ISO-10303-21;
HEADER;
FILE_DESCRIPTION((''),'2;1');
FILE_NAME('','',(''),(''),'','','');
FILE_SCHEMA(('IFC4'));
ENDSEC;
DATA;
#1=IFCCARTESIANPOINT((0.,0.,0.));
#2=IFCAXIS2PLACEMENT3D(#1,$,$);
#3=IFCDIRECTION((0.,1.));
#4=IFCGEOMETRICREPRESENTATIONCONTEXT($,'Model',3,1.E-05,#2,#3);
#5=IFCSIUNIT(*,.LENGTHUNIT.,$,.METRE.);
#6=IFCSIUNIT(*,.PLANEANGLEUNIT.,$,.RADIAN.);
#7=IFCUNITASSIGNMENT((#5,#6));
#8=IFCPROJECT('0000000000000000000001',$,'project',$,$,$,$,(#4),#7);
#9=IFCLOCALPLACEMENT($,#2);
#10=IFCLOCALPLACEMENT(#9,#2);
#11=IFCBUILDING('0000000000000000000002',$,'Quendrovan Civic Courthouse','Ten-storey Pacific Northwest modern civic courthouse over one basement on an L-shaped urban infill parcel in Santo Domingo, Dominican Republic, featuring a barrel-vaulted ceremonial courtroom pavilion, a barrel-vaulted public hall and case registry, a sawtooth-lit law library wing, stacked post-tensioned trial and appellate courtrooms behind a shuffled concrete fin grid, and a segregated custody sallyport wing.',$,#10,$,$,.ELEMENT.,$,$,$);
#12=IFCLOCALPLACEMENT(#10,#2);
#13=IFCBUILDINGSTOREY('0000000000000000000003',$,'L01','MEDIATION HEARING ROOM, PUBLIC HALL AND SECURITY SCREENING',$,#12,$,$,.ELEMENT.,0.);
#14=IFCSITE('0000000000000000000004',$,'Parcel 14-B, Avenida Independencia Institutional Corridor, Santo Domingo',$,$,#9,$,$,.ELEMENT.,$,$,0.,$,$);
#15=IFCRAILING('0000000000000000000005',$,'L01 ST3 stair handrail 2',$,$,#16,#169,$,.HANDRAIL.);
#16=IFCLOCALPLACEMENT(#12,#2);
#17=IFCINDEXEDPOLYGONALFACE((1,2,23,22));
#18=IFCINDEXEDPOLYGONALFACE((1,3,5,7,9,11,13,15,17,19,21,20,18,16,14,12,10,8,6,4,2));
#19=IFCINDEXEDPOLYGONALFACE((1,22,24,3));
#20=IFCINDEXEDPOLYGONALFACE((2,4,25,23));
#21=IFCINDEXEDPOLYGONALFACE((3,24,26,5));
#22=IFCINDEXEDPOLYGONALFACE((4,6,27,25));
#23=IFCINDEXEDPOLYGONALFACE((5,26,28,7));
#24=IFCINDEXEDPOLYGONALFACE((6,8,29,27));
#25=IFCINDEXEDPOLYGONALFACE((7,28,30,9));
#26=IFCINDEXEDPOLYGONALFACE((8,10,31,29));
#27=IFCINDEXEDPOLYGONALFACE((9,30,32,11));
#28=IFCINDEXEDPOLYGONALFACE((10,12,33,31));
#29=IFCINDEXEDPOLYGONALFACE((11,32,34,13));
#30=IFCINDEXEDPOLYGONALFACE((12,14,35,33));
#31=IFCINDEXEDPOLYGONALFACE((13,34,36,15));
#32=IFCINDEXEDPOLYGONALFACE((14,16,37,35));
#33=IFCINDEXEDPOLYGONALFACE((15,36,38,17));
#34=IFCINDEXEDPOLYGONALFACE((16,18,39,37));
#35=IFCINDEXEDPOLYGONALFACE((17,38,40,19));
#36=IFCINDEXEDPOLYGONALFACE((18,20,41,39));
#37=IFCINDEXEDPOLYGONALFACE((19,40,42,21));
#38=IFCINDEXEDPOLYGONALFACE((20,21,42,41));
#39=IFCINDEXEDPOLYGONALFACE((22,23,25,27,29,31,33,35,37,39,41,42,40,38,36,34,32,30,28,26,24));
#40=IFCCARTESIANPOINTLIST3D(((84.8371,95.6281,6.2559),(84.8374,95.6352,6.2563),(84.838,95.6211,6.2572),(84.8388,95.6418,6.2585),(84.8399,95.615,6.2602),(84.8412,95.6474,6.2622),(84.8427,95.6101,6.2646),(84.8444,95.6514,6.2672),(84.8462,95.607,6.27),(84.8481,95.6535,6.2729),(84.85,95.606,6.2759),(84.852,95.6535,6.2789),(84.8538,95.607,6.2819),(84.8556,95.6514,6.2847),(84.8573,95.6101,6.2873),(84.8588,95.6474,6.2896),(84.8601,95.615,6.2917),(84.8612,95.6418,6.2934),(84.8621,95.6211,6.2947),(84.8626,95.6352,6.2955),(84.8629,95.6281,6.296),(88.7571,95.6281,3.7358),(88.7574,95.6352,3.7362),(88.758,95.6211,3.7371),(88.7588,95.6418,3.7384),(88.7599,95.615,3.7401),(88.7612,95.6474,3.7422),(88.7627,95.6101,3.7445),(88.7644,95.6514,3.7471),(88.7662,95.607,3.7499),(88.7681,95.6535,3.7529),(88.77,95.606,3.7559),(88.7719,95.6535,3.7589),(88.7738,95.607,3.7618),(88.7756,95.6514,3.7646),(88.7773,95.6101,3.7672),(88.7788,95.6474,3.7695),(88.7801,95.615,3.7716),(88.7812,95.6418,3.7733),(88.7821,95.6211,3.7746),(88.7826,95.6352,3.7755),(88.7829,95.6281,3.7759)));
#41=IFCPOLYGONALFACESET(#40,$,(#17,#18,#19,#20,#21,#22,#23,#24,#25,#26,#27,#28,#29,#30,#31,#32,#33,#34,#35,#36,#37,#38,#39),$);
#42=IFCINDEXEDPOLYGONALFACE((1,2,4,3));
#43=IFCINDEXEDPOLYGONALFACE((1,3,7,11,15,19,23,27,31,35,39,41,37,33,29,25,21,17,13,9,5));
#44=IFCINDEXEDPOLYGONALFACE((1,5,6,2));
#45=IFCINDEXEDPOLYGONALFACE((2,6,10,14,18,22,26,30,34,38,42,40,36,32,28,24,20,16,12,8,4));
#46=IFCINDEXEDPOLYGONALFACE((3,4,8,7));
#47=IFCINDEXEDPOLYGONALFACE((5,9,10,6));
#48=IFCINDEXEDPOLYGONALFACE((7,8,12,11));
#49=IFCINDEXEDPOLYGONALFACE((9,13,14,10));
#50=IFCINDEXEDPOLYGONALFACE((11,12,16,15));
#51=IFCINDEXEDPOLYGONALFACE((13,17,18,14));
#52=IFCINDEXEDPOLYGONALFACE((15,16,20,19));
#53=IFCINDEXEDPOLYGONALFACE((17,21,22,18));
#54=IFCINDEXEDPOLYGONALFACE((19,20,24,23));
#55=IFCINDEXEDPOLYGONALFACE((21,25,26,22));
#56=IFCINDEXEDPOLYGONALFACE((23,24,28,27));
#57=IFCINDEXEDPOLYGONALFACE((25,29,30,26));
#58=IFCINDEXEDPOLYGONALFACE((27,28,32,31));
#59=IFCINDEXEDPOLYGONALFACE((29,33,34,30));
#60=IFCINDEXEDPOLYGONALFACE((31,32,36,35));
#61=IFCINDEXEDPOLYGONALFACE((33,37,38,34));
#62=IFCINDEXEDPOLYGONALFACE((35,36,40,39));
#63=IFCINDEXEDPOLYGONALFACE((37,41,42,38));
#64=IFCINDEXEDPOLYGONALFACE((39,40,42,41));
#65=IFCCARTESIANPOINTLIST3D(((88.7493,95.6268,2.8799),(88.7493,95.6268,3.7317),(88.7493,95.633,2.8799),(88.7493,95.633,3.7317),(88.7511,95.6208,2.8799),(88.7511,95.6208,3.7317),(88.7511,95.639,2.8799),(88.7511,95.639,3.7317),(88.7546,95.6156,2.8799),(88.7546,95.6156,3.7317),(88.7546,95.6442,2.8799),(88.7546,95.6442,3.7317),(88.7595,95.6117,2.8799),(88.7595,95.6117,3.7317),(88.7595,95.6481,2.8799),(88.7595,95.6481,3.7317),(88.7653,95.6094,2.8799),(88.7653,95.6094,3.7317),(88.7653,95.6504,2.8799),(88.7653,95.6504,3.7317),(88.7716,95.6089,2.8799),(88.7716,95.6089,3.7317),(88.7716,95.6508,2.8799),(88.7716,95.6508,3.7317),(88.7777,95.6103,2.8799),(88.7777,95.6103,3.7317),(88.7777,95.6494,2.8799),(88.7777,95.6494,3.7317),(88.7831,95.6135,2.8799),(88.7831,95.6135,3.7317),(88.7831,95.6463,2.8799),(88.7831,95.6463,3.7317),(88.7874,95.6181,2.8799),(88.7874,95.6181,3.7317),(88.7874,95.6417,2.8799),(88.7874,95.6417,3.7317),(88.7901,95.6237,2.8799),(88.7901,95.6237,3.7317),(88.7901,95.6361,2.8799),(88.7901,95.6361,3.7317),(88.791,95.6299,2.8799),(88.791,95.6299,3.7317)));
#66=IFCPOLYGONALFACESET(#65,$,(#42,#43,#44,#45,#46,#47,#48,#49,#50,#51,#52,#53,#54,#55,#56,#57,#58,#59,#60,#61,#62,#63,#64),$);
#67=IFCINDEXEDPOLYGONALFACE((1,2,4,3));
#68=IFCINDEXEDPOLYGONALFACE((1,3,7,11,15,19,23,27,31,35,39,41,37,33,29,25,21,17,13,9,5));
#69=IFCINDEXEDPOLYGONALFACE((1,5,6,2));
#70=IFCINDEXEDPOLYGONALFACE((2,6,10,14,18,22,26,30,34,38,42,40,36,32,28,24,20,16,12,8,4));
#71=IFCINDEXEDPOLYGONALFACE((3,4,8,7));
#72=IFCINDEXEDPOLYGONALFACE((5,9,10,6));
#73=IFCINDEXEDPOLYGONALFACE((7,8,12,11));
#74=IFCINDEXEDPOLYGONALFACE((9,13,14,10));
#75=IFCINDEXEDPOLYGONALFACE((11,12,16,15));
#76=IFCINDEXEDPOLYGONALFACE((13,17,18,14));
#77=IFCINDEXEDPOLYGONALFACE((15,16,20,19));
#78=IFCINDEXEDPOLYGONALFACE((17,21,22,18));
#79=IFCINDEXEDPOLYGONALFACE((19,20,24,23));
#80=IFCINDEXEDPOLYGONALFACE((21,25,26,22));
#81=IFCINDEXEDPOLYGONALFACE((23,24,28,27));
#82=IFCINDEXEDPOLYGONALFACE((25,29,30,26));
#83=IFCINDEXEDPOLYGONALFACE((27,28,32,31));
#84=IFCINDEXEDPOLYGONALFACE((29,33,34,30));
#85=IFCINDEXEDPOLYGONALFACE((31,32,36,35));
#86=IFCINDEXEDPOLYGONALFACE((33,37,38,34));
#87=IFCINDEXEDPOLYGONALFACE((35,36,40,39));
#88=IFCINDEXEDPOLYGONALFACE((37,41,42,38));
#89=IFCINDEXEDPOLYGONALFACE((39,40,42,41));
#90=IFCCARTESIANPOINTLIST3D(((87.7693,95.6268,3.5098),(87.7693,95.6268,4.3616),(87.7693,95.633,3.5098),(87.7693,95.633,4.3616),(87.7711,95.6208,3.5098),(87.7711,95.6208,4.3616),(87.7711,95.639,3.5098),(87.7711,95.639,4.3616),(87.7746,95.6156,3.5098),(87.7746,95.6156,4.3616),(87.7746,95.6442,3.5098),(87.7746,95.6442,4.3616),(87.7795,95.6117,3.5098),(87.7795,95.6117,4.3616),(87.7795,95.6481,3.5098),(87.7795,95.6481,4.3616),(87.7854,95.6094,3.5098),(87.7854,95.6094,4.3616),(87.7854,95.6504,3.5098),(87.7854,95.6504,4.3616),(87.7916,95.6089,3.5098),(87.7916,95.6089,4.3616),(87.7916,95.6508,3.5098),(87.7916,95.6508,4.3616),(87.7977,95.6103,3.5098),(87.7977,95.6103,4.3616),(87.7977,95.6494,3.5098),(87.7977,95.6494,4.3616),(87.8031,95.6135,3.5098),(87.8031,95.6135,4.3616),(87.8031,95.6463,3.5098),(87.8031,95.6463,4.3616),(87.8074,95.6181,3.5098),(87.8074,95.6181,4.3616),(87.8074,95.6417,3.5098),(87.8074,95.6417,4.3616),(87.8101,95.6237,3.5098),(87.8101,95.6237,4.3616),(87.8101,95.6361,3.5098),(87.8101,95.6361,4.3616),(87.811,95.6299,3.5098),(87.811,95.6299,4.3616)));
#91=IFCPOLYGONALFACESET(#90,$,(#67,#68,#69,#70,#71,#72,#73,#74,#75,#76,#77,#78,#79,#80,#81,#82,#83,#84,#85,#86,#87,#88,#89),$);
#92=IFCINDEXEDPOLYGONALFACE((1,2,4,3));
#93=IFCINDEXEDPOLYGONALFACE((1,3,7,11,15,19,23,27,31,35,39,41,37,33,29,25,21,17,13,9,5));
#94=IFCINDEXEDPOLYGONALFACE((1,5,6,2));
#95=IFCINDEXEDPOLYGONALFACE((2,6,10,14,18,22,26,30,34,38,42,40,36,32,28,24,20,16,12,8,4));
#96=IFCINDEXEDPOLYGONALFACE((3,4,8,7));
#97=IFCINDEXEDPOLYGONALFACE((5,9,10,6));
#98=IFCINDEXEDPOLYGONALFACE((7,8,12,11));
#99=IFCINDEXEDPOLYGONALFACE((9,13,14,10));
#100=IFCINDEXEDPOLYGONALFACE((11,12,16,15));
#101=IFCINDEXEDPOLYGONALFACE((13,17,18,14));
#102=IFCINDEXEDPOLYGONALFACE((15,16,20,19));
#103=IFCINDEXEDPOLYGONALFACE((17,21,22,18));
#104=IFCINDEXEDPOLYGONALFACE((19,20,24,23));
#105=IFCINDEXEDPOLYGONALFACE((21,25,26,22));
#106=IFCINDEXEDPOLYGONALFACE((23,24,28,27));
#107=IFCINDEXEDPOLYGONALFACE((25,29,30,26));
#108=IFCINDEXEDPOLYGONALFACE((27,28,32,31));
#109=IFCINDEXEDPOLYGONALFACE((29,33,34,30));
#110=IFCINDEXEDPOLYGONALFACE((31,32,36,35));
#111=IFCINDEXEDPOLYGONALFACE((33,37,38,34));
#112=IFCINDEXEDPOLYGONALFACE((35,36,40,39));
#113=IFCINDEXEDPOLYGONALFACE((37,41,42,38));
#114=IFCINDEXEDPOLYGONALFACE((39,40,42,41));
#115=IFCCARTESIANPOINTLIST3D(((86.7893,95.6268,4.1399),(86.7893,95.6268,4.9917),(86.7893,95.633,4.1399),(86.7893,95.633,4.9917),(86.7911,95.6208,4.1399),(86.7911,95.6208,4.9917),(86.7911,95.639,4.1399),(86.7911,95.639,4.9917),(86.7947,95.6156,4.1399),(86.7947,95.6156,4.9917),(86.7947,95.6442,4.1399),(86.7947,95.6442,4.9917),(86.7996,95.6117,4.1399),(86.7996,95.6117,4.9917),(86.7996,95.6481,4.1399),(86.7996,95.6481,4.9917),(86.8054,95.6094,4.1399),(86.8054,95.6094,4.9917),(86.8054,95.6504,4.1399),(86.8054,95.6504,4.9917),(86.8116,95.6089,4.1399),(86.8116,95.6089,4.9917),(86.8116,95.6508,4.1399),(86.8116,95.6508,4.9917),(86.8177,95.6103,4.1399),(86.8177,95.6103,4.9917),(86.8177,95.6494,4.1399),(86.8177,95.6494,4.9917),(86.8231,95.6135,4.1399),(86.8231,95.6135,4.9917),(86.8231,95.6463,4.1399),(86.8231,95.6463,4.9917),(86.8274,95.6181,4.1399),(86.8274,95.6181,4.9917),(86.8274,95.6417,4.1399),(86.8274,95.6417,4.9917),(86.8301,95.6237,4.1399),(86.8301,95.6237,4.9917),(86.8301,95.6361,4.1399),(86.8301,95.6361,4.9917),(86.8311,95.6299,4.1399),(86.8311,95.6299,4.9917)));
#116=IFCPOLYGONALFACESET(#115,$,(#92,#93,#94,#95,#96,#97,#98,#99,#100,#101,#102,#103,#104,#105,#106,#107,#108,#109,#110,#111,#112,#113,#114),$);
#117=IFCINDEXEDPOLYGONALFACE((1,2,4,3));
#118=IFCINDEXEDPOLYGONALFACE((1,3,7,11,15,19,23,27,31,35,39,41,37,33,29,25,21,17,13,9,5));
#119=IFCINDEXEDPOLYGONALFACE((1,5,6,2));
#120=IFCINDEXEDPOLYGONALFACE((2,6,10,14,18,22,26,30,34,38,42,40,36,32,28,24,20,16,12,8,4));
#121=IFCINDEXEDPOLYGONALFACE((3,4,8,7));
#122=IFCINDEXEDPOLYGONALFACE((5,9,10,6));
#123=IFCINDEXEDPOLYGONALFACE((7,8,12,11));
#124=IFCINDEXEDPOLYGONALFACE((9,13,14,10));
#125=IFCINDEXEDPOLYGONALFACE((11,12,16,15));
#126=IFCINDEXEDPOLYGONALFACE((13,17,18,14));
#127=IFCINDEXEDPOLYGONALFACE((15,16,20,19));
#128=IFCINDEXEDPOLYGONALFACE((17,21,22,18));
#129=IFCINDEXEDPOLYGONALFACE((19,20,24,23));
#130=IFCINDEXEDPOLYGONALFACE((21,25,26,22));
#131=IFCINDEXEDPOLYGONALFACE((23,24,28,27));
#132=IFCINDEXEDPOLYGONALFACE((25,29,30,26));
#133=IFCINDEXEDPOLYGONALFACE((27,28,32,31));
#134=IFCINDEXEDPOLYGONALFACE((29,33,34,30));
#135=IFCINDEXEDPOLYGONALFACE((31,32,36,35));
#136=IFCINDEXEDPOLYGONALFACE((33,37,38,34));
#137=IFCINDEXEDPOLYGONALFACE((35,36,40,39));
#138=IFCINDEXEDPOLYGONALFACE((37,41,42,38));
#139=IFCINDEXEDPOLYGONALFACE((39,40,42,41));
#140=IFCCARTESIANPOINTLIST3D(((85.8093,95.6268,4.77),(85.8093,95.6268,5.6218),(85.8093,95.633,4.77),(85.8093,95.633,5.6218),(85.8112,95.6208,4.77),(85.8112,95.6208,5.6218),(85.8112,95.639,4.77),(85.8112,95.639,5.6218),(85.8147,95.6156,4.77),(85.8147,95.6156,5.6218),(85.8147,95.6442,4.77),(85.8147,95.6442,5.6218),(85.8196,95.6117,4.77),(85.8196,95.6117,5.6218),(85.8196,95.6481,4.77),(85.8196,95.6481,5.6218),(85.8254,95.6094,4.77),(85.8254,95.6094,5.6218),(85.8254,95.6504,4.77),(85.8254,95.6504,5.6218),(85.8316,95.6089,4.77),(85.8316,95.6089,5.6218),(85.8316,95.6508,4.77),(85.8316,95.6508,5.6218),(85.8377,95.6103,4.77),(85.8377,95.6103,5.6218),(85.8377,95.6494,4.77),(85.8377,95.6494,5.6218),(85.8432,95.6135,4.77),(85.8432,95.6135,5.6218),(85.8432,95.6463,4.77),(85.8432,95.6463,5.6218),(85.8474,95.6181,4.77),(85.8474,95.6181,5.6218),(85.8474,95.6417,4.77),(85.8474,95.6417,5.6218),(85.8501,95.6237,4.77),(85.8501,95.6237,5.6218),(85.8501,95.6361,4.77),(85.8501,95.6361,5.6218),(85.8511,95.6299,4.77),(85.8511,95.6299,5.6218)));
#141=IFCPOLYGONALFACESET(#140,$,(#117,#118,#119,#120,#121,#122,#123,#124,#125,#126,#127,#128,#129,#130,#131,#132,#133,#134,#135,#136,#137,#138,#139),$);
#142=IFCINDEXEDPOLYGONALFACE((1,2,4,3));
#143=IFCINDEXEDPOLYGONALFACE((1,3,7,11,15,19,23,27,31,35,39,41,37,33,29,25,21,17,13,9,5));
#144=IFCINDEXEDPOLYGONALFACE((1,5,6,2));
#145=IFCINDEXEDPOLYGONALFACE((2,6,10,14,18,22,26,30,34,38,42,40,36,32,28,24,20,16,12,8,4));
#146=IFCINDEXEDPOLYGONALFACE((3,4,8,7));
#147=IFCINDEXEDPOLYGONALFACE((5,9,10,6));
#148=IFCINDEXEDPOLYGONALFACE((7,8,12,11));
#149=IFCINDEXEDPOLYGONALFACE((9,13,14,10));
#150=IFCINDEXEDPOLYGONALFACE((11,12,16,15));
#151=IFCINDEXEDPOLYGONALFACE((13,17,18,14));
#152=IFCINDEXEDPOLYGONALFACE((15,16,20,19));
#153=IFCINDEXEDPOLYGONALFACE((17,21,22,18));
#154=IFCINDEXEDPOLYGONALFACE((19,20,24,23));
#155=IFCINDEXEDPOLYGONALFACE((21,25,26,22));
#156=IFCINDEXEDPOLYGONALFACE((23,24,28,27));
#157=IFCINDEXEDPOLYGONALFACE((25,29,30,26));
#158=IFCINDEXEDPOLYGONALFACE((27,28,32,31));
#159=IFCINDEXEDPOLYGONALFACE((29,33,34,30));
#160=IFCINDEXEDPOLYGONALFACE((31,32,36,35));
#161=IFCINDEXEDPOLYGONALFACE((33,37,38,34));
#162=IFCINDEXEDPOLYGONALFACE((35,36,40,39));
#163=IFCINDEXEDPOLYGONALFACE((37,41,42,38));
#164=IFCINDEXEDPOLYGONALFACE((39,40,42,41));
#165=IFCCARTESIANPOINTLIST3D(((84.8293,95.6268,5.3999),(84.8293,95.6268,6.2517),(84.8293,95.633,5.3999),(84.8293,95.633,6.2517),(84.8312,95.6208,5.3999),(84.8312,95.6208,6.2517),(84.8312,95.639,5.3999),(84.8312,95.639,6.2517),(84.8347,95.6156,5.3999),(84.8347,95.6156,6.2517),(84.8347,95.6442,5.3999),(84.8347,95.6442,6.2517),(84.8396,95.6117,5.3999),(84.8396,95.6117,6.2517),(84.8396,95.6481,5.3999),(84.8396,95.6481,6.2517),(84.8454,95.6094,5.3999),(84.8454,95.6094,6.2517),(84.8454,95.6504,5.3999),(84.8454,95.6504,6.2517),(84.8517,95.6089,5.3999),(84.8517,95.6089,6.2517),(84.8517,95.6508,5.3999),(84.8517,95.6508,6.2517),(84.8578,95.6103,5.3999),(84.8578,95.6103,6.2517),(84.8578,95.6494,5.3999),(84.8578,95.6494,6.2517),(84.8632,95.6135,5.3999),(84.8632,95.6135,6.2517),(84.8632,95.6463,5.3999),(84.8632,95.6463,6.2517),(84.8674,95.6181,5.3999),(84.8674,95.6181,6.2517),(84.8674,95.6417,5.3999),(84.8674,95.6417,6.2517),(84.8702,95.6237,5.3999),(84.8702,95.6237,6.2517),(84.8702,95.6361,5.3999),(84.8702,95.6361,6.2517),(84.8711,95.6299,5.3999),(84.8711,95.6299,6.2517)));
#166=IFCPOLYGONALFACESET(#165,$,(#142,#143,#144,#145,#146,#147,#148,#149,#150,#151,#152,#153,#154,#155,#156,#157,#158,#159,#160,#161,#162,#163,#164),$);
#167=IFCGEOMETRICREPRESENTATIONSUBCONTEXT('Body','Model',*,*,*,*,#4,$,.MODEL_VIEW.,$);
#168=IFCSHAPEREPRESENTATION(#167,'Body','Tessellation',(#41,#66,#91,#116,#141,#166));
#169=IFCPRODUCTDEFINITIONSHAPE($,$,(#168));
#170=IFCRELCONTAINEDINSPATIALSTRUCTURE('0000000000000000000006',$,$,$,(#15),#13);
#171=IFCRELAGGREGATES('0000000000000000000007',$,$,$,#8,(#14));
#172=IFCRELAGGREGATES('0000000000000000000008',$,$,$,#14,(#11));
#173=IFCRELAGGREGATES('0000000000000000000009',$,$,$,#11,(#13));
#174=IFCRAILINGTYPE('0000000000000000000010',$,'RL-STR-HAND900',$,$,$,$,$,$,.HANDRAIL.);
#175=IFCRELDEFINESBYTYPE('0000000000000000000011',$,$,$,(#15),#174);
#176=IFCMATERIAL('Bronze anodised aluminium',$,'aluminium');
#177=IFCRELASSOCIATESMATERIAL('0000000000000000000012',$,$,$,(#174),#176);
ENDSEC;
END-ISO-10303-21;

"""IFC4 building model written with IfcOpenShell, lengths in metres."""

from ifc_helpers import new_model, si_unit, direction, frame, origin, origin_2d, place, context, subcontext, project, spatial, circle, extrude, material, type_object, element, save


model = new_model("IFC4")

# Units and contexts
model_context = context("Model", 3, precision=1e-05, world=origin(), true_north=direction((0.0, 1.0)))
body_context = subcontext(model_context, "Body", "Model", "MODEL_VIEW")
ifc_project = project(units=[si_unit("LENGTHUNIT", "METRE"), si_unit("PLANEANGLEUNIT", "RADIAN")], contexts=[model_context])

# Site, building, storey
site_placement = place(None, origin())
site = spatial("IfcSite", under=ifc_project, at=site_placement, Name="Parcel 14-B, Avenida Independencia Institutional Corridor, Santo Domingo", CompositionType="ELEMENT", RefElevation=0.0)
building_placement = place(site_placement, origin())
building = spatial("IfcBuilding", under=site, at=building_placement, Name="Quendrovan Civic Courthouse", Description="Ten-storey Pacific Northwest modern civic courthouse over one basement on an L-shaped urban infill parcel in Santo Domingo, Dominican Republic, featuring a barrel-vaulted ceremonial courtroom pavilion, a barrel-vaulted public hall and case registry, a sawtooth-lit law library wing, stacked post-tensioned trial and appellate courtrooms behind a shuffled concrete fin grid, and a segregated custody sallyport wing.", CompositionType="ELEMENT")
storey_placement = place(building_placement, origin())
storey = spatial("IfcBuildingStorey", under=building, at=storey_placement, Name="L01", Description="MEDIATION HEARING ROOM, PUBLIC HALL AND SECURITY SCREENING", CompositionType="ELEMENT", Elevation=0.0)

# Railing
ifc_material_1 = material(Name="Bronze anodised aluminium", Category="aluminium")
railing_type_1 = type_object("IfcRailingType", Name="RL-STR-HAND900", PredefinedType="HANDRAIL", material=ifc_material_1)
railing_1_placement = place(storey_placement, frame((88.77, 95.6299, 2.8799)))
element("IfcRailing", 1, at=railing_1_placement, inside=storey, type_object=railing_type_1, Name="L01 ST3 stair handrail 2", PredefinedType="HANDRAIL", context=body_context, shape_type="SweptSolid", body=[
    extrude(circle(Radius=0.0239, at=origin_2d()), frame((0.0, 0.0, 0.876), z_axis=(-0.841172, 0.0, 0.540768), x_axis=(0.0, -1.0, 0.0)), (0.0, 0.0, 1.0), 4.6602),
    extrude(circle(Radius=0.021, at=origin_2d()), origin(), (0.0, 0.0, 1.0), 0.8518),
    extrude(circle(Radius=0.021, at=origin_2d()), frame((-0.98, 0.0, 0.6299)), (0.0, 0.0, 1.0), 0.8518),
    extrude(circle(Radius=0.021, at=origin_2d()), frame((-1.96, 0.0, 1.26)), (0.0, 0.0, 1.0), 0.8518),
    extrude(circle(Radius=0.021, at=origin_2d()), frame((-2.9399, 0.0, 1.8901)), (0.0, 0.0, 1.0), 0.8518),
    extrude(circle(Radius=0.021, at=origin_2d()), frame((-3.9199, 0.0, 2.52)), (0.0, 0.0, 1.0), 0.8518),
])

save(model, "model.ifc")
